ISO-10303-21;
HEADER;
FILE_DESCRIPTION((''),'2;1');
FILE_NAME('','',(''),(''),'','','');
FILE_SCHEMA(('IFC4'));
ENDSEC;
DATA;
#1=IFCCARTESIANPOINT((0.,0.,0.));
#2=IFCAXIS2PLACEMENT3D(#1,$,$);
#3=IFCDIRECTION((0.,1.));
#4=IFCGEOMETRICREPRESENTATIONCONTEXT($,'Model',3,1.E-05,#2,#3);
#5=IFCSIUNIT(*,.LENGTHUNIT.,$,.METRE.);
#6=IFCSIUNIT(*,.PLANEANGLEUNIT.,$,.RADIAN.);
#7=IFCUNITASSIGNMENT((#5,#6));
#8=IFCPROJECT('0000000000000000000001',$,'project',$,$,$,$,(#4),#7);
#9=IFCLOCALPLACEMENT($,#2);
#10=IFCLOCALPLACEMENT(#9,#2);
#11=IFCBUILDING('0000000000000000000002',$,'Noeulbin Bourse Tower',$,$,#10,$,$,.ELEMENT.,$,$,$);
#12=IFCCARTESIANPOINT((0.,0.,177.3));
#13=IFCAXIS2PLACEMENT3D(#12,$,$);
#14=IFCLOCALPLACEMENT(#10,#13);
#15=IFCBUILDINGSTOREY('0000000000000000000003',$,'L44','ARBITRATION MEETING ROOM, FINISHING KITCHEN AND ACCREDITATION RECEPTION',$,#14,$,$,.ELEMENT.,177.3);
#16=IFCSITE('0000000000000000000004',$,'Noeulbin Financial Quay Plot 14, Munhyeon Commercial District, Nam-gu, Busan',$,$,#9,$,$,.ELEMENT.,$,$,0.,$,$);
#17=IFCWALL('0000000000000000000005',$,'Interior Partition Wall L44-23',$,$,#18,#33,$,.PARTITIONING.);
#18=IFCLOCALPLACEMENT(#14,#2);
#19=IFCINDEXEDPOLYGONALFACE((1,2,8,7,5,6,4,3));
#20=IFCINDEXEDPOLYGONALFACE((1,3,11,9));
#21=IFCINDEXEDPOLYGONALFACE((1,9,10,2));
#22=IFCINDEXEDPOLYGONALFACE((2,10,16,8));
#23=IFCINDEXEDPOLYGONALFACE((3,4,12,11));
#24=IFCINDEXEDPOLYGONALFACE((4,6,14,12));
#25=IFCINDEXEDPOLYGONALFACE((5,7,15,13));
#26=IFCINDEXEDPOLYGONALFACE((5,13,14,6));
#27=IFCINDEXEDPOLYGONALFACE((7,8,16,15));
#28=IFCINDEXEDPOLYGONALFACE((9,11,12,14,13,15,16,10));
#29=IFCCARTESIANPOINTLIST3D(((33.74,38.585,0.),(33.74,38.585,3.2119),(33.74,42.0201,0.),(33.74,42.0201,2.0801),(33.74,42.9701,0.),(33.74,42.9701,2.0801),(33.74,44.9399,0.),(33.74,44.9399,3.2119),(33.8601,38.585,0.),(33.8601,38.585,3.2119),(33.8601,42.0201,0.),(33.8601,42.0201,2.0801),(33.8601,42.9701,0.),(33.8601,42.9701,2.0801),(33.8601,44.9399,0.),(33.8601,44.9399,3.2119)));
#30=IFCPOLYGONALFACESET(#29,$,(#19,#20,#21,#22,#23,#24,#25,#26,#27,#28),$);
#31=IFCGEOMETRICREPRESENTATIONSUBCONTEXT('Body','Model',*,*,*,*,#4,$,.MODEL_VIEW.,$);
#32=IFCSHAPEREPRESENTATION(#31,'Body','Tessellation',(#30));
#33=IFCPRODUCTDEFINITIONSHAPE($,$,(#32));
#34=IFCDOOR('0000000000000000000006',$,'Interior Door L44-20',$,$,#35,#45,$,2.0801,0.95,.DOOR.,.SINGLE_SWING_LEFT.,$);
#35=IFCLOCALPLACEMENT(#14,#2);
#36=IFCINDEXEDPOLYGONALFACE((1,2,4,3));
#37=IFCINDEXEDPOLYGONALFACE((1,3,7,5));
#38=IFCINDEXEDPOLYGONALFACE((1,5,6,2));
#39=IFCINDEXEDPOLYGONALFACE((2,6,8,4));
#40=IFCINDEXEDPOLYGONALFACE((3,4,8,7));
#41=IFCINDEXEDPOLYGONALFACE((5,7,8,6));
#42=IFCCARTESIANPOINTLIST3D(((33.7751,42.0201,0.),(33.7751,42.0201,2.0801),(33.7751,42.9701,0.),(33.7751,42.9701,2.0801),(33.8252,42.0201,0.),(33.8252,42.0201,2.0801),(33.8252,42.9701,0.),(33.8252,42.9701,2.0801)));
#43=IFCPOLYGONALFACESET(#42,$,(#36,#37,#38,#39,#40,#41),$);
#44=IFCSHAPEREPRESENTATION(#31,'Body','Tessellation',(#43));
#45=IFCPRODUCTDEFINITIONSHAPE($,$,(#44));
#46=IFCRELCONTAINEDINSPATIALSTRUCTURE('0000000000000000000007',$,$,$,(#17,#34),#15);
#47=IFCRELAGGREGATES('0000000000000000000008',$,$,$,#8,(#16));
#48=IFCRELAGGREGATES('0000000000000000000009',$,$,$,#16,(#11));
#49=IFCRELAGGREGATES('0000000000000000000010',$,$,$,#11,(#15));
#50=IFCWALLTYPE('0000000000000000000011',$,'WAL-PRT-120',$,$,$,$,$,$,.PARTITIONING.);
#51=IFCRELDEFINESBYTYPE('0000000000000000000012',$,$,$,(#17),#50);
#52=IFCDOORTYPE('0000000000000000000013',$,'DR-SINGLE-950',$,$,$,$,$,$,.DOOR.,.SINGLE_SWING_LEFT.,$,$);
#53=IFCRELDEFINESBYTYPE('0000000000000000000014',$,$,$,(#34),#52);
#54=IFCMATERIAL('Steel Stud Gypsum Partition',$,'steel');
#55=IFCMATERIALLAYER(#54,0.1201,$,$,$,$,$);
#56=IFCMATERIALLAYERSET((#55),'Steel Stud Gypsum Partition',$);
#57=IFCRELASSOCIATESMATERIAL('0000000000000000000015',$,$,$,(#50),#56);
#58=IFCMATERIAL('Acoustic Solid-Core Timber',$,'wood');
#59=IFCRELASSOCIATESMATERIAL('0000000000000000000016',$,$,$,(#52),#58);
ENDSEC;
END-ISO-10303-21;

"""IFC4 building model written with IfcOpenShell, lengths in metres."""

from ifc_helpers import new_model, si_unit, direction, frame, frame_2d, origin, place, context, subcontext, project, spatial, rectangle, extrude, material, layer, layer_set, type_object, element, fill, save


model = new_model("IFC4")

# Units and contexts
model_context = context("Model", 3, precision=1e-05, world=origin(), true_north=direction((0.0, 1.0)))
body_context = subcontext(model_context, "Body", "Model", "MODEL_VIEW")
ifc_project = project(units=[si_unit("LENGTHUNIT", "METRE"), si_unit("PLANEANGLEUNIT", "RADIAN")], contexts=[model_context])

# Site, building, storey
site_placement = place(None, origin())
site = spatial("IfcSite", under=ifc_project, at=site_placement, Name="Noeulbin Financial Quay Plot 14, Munhyeon Commercial District, Nam-gu, Busan", CompositionType="ELEMENT", RefElevation=0.0)
building_placement = place(site_placement, origin())
building = spatial("IfcBuilding", under=site, at=building_placement, Name="Noeulbin Bourse Tower", CompositionType="ELEMENT")
storey_placement = place(building_placement, frame((0.0, 0.0, 177.3)))
storey = spatial("IfcBuildingStorey", under=building, at=storey_placement, Name="L44", Description="ARBITRATION MEETING ROOM, FINISHING KITCHEN AND ACCREDITATION RECEPTION", CompositionType="ELEMENT", Elevation=177.3)

# Wall, opening, door
ifc_material_1 = material(Name="Steel Stud Gypsum Partition", Category="steel")
ifc_layer_1 = layer(ifc_material_1, 0.1201)
ifc_layer_set_1 = layer_set([ifc_layer_1], Name="Steel Stud Gypsum Partition")
wall_type = type_object("IfcWallType", Name="WAL-PRT-120", PredefinedType="PARTITIONING", material=ifc_layer_set_1)
wall_placement = place(storey_placement, frame((33.8, 38.585, 0.0), z_axis=(0.0, 0.0, 1.0), x_axis=(0.0, 1.0, 0.0)))
wall = element("IfcWall", 1, at=wall_placement, inside=storey, type_object=wall_type, Name="Interior Partition Wall L44-23", PredefinedType="PARTITIONING", context=body_context, shape_type="SweptSolid", body=[
    extrude(rectangle(XDim=6.355, YDim=0.1201, at=frame_2d((3.1775, 0.0))), origin(), (0.0, 0.0, 1.0), 3.2119),
])
opening_placement = place(wall_placement, frame((3.4351, 0.0, 0.0)))
opening = element("IfcOpeningElement", 2, at=opening_placement, cuts=wall, PredefinedType="OPENING", context=body_context, shape_type="SweptSolid", body=[
    extrude(rectangle(XDim=0.95, YDim=2.0801, at=frame_2d((0.4751, 1.04))), frame((0.0, 0.0701, 0.0), z_axis=(0.0, -1.0, 0.0), x_axis=(1.0, 0.0, 0.0)), (0.0, 0.0, 1.0), 0.1401),
])
ifc_material_2 = material(Name="Acoustic Solid-Core Timber", Category="wood")
door_type = type_object("IfcDoorType", Name="DR-SINGLE-950", OperationType="SINGLE_SWING_LEFT", PredefinedType="DOOR", material=ifc_material_2)
door_placement = place(opening_placement, origin())
door = element("IfcDoor", 3, at=door_placement, inside=storey, type_object=door_type, Name="Interior Door L44-20", OperationType="SINGLE_SWING_LEFT", OverallHeight=2.0801, OverallWidth=0.95, PredefinedType="DOOR", context=body_context, shape_type="SweptSolid", body=[
    extrude(rectangle(XDim=0.95, YDim=2.0801, at=frame_2d((0.4751, 1.04))), frame((0.0, 0.0249, 0.0), z_axis=(0.0, -1.0, 0.0), x_axis=(1.0, 0.0, 0.0)), (0.0, 0.0, 1.0), 0.05),
])
fill(opening, door)

save(model, "model.ifc")
